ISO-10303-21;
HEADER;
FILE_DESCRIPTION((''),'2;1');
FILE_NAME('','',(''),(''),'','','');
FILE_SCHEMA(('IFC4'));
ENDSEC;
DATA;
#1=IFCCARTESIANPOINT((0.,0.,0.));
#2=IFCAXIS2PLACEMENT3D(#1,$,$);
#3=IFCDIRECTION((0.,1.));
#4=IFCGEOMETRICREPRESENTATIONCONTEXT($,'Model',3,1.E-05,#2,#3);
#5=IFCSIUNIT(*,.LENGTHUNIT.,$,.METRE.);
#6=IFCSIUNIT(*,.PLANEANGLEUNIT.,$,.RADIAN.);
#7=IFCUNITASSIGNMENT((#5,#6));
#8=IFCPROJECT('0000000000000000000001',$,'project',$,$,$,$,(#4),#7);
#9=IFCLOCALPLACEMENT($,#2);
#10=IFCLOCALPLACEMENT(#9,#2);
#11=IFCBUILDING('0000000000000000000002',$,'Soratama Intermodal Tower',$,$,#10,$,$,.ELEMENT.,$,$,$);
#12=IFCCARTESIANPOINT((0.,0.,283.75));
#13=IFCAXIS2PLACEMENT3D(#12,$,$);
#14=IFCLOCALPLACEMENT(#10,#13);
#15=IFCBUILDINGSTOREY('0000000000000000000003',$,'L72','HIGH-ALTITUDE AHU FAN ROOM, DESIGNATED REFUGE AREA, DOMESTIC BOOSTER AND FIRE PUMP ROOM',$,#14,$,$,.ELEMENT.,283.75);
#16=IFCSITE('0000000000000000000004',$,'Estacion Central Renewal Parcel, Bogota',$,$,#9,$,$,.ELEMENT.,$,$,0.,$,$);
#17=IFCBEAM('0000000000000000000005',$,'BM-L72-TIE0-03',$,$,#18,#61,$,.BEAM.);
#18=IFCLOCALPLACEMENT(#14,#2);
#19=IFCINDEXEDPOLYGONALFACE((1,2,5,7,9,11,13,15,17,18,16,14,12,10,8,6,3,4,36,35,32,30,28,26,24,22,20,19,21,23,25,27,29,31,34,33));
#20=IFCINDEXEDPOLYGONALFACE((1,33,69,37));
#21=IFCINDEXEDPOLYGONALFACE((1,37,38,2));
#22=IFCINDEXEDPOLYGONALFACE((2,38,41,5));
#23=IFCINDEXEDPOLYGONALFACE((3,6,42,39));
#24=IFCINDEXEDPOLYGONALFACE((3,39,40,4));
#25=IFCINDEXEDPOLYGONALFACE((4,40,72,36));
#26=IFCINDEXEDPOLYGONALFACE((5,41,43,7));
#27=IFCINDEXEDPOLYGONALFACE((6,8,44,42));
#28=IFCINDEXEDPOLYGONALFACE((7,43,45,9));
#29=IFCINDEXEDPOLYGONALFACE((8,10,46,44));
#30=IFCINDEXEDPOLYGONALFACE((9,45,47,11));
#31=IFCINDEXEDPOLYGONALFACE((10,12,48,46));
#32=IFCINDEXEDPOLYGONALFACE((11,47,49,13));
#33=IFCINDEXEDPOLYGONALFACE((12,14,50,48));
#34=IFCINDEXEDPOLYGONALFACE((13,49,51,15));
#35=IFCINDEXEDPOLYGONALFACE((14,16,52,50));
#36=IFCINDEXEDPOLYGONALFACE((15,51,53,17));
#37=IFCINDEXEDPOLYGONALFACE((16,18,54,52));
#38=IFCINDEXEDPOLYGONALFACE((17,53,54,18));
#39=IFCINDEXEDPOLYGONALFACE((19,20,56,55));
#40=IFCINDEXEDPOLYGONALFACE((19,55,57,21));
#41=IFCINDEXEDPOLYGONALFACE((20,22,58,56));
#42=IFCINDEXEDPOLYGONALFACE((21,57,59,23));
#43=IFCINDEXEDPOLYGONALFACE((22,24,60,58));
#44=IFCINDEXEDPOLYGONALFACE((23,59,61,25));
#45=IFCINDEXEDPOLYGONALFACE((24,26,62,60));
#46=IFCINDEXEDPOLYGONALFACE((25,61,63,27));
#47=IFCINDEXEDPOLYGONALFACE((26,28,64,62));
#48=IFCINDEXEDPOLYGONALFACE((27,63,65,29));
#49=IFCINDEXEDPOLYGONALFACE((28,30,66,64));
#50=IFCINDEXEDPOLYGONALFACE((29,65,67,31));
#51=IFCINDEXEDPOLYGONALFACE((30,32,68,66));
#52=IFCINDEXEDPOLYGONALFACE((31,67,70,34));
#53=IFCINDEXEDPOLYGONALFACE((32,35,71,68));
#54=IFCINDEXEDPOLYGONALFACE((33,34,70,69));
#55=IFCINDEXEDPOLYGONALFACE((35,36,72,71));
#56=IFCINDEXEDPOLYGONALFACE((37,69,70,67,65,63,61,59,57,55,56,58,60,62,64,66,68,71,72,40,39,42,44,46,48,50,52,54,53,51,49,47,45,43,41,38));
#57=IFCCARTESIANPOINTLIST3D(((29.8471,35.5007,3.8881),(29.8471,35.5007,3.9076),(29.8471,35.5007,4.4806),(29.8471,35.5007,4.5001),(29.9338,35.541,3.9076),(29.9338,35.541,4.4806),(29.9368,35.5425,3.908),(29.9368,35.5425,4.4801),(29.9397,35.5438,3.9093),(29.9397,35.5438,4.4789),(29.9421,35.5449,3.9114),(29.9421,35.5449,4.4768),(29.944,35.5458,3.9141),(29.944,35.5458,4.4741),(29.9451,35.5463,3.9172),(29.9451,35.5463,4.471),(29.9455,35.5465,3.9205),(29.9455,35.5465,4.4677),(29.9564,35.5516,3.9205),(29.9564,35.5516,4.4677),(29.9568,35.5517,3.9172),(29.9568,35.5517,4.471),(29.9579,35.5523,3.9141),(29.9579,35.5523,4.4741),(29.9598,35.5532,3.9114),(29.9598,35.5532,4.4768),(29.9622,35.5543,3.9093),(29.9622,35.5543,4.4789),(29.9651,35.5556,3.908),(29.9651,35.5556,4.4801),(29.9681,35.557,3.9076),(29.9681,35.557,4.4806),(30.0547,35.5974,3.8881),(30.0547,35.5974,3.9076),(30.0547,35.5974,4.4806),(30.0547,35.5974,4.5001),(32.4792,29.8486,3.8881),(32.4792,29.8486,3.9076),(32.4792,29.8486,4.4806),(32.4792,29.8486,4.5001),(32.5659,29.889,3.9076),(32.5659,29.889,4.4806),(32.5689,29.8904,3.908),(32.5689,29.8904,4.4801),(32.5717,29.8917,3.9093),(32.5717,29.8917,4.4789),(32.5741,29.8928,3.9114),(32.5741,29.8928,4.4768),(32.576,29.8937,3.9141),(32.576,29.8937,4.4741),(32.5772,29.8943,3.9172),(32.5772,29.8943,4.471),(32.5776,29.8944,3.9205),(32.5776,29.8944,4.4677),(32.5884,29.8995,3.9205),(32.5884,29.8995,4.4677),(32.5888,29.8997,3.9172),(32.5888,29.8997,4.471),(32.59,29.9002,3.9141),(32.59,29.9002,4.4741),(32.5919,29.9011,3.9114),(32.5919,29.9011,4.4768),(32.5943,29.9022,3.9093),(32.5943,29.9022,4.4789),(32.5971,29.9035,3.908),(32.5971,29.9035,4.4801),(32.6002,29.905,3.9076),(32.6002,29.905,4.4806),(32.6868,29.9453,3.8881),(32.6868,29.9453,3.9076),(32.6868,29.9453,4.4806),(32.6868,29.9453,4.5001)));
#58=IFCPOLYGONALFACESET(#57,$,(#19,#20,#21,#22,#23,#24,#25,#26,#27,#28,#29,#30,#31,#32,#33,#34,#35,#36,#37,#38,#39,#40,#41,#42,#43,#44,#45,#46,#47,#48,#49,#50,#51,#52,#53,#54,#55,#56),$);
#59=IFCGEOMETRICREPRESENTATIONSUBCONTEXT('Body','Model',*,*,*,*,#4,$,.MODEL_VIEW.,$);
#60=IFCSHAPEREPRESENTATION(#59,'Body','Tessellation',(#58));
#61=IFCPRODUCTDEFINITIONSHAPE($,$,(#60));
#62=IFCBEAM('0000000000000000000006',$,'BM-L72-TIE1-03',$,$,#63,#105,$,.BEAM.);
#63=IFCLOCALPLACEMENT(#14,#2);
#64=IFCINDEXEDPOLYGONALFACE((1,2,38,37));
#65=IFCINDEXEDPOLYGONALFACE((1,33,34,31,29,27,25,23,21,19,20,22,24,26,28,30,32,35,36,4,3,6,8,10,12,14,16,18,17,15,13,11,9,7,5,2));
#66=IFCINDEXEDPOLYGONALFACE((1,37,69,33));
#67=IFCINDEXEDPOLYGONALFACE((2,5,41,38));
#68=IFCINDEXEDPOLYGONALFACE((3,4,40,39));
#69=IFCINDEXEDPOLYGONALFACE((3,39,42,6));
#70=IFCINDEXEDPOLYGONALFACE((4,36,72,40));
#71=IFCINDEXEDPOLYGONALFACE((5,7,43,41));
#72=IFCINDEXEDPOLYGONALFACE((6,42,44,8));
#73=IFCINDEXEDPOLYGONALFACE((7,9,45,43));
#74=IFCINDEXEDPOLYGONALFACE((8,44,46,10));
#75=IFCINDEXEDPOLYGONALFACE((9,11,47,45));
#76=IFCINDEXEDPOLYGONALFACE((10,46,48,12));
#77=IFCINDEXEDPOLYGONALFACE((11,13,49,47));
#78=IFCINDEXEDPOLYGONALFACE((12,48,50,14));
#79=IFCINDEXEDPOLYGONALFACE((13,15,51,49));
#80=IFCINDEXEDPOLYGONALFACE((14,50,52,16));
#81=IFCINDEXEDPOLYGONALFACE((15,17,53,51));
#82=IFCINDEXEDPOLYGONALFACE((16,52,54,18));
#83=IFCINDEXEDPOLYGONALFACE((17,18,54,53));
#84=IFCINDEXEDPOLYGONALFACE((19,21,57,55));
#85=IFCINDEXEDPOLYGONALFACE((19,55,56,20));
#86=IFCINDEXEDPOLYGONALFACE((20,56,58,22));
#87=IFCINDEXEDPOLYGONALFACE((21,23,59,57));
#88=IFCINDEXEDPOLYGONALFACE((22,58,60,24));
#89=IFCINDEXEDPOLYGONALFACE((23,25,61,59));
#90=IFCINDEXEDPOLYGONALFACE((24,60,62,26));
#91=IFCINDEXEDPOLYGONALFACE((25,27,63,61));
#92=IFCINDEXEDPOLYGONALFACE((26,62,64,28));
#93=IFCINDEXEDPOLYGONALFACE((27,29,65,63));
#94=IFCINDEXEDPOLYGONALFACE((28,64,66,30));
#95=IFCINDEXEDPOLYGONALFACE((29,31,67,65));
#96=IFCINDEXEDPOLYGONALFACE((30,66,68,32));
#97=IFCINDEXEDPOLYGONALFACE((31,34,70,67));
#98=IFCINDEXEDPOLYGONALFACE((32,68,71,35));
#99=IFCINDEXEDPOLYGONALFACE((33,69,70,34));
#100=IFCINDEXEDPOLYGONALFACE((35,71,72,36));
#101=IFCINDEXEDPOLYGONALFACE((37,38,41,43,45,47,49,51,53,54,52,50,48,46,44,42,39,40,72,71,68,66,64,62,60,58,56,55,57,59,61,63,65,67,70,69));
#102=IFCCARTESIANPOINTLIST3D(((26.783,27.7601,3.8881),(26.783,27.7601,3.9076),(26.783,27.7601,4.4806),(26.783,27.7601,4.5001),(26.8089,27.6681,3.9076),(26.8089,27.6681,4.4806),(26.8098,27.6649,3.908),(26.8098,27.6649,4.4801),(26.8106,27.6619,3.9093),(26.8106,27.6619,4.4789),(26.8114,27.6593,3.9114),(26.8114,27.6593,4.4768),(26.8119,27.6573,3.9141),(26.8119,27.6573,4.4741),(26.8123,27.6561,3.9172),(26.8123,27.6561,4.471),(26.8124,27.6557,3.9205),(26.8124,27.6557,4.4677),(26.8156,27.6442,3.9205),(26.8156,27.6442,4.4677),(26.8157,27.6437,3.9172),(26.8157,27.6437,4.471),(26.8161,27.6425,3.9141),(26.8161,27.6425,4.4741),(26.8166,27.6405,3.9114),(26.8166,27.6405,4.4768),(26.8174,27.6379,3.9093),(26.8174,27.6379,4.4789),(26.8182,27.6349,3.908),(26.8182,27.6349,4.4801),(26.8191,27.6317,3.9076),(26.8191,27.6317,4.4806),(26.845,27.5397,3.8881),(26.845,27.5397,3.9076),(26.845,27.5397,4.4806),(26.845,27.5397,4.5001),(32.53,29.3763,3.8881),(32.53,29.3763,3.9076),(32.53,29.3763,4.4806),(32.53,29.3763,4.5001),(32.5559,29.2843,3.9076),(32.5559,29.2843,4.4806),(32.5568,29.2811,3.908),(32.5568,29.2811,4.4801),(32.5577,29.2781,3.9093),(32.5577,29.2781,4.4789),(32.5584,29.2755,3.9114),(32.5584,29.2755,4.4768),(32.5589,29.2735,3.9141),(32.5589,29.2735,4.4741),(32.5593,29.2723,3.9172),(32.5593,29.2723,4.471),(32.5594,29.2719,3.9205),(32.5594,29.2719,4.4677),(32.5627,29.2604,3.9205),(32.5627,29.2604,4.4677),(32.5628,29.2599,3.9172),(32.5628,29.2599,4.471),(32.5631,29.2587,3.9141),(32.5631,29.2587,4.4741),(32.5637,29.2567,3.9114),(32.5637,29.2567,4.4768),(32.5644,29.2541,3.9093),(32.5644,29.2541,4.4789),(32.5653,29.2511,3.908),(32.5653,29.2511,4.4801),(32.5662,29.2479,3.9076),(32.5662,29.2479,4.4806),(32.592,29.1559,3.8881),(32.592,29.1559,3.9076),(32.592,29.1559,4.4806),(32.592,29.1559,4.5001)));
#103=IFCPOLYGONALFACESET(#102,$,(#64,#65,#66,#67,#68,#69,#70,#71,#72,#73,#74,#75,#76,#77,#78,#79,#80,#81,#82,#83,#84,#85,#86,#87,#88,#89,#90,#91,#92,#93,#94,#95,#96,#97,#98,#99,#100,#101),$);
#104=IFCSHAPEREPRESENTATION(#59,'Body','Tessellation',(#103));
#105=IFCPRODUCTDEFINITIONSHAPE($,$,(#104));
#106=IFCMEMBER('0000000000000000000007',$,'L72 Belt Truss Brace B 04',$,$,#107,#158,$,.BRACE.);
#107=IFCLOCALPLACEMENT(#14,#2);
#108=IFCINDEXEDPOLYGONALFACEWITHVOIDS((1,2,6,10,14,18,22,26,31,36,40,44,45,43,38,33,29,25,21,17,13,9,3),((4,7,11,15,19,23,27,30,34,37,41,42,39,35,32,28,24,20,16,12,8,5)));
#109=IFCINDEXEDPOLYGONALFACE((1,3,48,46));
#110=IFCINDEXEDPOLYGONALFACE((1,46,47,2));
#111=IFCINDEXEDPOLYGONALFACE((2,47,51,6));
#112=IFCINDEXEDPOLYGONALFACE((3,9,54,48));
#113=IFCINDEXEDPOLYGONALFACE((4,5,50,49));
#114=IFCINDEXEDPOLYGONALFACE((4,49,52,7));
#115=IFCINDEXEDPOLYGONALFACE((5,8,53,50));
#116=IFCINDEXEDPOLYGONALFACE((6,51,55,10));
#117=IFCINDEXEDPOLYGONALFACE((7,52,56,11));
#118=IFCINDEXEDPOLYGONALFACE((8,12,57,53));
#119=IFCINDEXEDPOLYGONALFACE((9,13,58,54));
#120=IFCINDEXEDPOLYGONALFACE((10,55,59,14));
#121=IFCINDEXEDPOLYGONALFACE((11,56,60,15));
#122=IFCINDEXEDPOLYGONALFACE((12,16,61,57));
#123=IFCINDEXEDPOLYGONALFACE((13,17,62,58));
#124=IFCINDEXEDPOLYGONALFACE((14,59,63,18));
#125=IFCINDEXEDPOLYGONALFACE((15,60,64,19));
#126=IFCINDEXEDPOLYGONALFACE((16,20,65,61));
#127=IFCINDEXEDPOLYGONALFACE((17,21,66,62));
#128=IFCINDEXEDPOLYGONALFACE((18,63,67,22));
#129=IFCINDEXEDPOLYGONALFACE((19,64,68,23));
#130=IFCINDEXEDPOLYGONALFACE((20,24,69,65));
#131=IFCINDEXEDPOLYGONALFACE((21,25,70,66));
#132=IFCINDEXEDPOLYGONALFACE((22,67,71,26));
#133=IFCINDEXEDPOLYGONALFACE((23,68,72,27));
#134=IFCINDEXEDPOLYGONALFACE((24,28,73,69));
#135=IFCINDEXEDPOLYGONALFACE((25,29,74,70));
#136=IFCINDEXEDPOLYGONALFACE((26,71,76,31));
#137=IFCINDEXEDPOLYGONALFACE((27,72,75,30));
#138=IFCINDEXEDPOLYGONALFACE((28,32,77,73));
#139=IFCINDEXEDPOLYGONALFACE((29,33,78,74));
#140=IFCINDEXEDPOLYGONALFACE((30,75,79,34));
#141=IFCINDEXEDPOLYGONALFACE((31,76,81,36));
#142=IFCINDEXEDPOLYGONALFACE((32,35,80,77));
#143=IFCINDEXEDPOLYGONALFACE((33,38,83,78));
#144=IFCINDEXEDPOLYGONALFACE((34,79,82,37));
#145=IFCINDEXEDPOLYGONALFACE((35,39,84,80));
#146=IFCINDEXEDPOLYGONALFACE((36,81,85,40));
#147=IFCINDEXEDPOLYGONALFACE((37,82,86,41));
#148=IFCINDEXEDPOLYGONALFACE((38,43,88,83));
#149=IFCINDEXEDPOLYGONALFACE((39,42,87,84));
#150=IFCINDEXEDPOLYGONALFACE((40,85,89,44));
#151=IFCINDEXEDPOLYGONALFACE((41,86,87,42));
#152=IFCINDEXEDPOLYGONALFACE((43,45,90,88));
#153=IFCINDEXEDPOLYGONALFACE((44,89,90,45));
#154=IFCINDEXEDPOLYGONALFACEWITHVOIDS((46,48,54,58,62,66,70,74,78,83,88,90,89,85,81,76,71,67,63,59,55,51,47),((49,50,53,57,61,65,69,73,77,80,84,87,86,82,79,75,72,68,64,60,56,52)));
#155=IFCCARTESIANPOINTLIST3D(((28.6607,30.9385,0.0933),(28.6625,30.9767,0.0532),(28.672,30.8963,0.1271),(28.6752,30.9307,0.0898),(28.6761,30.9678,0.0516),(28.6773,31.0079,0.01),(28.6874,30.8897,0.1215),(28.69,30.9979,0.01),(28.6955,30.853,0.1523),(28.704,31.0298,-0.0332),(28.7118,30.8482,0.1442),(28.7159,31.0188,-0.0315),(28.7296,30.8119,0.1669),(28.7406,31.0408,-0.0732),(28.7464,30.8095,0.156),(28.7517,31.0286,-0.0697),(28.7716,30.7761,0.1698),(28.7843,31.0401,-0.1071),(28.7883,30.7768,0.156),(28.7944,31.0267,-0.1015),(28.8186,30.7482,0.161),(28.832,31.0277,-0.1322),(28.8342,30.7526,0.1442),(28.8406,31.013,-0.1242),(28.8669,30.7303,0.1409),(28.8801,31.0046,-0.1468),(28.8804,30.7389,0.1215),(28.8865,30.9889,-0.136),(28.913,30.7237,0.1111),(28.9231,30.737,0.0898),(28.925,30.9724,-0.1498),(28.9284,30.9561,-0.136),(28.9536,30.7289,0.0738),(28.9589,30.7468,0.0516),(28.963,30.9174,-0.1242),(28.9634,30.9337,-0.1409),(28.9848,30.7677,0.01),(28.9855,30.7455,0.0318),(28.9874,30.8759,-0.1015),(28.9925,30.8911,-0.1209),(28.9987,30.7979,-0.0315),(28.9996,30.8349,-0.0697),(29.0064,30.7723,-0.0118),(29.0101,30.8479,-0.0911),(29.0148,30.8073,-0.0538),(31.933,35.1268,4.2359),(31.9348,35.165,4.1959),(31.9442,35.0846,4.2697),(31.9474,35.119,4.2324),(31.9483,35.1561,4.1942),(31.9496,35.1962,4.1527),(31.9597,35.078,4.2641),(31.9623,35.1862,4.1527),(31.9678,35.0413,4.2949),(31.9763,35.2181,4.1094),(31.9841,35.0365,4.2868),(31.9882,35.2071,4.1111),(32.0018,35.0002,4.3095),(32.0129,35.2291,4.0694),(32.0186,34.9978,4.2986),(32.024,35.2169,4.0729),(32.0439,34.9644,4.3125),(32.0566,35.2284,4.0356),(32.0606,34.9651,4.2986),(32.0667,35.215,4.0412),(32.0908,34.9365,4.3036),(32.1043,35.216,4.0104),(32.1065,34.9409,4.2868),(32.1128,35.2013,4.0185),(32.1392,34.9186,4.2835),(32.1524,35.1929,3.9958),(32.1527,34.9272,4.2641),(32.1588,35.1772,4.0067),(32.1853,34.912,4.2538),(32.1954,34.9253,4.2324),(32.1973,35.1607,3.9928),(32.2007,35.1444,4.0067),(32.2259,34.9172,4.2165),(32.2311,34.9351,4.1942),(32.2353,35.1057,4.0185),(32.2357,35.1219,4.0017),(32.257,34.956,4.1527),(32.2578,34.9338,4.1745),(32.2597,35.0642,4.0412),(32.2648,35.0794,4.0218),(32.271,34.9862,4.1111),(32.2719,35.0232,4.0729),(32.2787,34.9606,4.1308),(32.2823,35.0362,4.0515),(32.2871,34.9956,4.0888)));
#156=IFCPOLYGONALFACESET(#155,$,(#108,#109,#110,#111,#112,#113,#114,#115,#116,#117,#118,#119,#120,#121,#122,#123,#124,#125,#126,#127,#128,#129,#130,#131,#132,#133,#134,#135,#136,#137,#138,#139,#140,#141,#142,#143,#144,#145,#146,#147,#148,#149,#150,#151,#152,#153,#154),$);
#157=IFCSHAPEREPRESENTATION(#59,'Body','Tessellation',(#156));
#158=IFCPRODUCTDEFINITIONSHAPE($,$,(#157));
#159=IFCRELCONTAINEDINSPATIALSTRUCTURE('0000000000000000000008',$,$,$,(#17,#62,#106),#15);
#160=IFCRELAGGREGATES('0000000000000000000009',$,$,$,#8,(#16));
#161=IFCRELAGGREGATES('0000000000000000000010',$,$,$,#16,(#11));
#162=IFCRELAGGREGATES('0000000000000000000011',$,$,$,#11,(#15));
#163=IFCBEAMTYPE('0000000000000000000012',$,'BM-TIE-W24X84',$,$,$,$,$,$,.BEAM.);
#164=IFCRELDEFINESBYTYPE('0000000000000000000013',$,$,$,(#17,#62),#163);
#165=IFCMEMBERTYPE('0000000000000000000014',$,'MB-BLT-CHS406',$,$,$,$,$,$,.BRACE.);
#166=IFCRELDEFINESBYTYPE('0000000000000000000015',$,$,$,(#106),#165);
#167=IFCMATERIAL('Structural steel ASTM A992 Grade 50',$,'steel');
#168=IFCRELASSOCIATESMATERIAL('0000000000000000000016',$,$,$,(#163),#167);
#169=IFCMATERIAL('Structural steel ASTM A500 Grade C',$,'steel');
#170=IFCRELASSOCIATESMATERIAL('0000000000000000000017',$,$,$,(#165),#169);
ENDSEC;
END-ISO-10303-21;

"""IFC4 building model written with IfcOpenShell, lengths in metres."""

from ifc_helpers import new_model, si_unit, direction, frame, origin, origin_2d, place, context, subcontext, project, spatial, hollow_circle, i_section, extrude, material, material_profile, profile_set, type_object, element, save


model = new_model("IFC4")

# Units and contexts
model_context = context("Model", 3, precision=1e-05, world=origin(), true_north=direction((0.0, 1.0)))
body_context = subcontext(model_context, "Body", "Model", "MODEL_VIEW")
ifc_project = project(units=[si_unit("LENGTHUNIT", "METRE"), si_unit("PLANEANGLEUNIT", "RADIAN")], contexts=[model_context])

# Site, building, storey
site_placement = place(None, origin())
site = spatial("IfcSite", under=ifc_project, at=site_placement, Name="Estacion Central Renewal Parcel, Bogota", CompositionType="ELEMENT", RefElevation=0.0)
building_placement = place(site_placement, origin())
building = spatial("IfcBuilding", under=site, at=building_placement, Name="Soratama Intermodal Tower", CompositionType="ELEMENT")
storey_placement = place(building_placement, frame((0.0, 0.0, 283.75)))
storey = spatial("IfcBuildingStorey", under=building, at=storey_placement, Name="L72", Description="HIGH-ALTITUDE AHU FAN ROOM, DESIGNATED REFUGE AREA, DOMESTIC BOOSTER AND FIRE PUMP ROOM", CompositionType="ELEMENT", Elevation=283.75)

# Beams
ifc_material_1 = material(Name="Structural steel ASTM A992 Grade 50", Category="steel")
ifc_material_profile_1 = material_profile(ifc_material_1, i_section(OverallWidth=0.229, OverallDepth=0.6121, WebThickness=0.012, FlangeThickness=0.0195, FilletRadius=0.0129, at=origin_2d()), Name="W24X84")
ifc_profile_set_1 = profile_set([ifc_material_profile_1], Name="Structural steel ASTM A992 Grade 50")
beam_type_1 = type_object("IfcBeamType", Name="BM-TIE-W24X84", PredefinedType="BEAM", material=ifc_profile_set_1)
beam_1_placement = place(storey_placement, frame((32.583, 29.897, 4.1941), z_axis=(-0.422152, 0.906525, 0.0), x_axis=(-0.906525, -0.422152, 0.0)))
element("IfcBeam", 1, at=beam_1_placement, inside=storey, type_object=beam_type_1, Name="BM-L72-TIE0-03", PredefinedType="BEAM", context=body_context, shape_type="SweptSolid", body=[
    extrude(i_section(OverallWidth=0.229, OverallDepth=0.6121, WebThickness=0.012, FlangeThickness=0.0195, FilletRadius=0.0129, at=origin_2d()), origin(), (0.0, 0.0, 1.0), 6.2349),
])
beam_2_placement = place(storey_placement, frame((32.561, 29.2661, 4.1941), z_axis=(-0.962658, -0.270722, 0.0), x_axis=(0.270722, -0.962658, 0.0)))
element("IfcBeam", 2, at=beam_2_placement, inside=storey, type_object=beam_type_1, Name="BM-L72-TIE1-03", PredefinedType="BEAM", context=body_context, shape_type="SweptSolid", body=[
    extrude(i_section(OverallWidth=0.229, OverallDepth=0.6121, WebThickness=0.012, FlangeThickness=0.0195, FilletRadius=0.0129, at=origin_2d()), origin(), (0.0, 0.0, 1.0), 5.97),
])

# Member
ifc_material_2 = material(Name="Structural steel ASTM A500 Grade C", Category="steel")
ifc_material_profile_2 = material_profile(ifc_material_2, hollow_circle(Radius=0.2031, WallThickness=0.0161, at=origin_2d()), Name="CHS406X16")
ifc_profile_set_2 = profile_set([ifc_material_profile_2], Name="Structural steel ASTM A500 Grade C")
member_type_1 = type_object("IfcMemberType", Name="MB-BLT-CHS406", PredefinedType="BRACE", material=ifc_profile_set_2)
member_1_placement = place(storey_placement, frame((28.8374, 30.8828, 0.01), z_axis=(0.485588, 0.621522, 0.614747), x_axis=(-0.78801, 0.615663, 0.0)))
element("IfcMember", 3, at=member_1_placement, inside=storey, type_object=member_type_1, Name="L72 Belt Truss Brace B 04", PredefinedType="BRACE", context=body_context, shape_type="SweptSolid", body=[
    extrude(hollow_circle(Radius=0.2031, WallThickness=0.0161, at=origin_2d()), origin(), (0.0, 0.0, 1.0), 6.7388),
])

save(model, "model.ifc")
